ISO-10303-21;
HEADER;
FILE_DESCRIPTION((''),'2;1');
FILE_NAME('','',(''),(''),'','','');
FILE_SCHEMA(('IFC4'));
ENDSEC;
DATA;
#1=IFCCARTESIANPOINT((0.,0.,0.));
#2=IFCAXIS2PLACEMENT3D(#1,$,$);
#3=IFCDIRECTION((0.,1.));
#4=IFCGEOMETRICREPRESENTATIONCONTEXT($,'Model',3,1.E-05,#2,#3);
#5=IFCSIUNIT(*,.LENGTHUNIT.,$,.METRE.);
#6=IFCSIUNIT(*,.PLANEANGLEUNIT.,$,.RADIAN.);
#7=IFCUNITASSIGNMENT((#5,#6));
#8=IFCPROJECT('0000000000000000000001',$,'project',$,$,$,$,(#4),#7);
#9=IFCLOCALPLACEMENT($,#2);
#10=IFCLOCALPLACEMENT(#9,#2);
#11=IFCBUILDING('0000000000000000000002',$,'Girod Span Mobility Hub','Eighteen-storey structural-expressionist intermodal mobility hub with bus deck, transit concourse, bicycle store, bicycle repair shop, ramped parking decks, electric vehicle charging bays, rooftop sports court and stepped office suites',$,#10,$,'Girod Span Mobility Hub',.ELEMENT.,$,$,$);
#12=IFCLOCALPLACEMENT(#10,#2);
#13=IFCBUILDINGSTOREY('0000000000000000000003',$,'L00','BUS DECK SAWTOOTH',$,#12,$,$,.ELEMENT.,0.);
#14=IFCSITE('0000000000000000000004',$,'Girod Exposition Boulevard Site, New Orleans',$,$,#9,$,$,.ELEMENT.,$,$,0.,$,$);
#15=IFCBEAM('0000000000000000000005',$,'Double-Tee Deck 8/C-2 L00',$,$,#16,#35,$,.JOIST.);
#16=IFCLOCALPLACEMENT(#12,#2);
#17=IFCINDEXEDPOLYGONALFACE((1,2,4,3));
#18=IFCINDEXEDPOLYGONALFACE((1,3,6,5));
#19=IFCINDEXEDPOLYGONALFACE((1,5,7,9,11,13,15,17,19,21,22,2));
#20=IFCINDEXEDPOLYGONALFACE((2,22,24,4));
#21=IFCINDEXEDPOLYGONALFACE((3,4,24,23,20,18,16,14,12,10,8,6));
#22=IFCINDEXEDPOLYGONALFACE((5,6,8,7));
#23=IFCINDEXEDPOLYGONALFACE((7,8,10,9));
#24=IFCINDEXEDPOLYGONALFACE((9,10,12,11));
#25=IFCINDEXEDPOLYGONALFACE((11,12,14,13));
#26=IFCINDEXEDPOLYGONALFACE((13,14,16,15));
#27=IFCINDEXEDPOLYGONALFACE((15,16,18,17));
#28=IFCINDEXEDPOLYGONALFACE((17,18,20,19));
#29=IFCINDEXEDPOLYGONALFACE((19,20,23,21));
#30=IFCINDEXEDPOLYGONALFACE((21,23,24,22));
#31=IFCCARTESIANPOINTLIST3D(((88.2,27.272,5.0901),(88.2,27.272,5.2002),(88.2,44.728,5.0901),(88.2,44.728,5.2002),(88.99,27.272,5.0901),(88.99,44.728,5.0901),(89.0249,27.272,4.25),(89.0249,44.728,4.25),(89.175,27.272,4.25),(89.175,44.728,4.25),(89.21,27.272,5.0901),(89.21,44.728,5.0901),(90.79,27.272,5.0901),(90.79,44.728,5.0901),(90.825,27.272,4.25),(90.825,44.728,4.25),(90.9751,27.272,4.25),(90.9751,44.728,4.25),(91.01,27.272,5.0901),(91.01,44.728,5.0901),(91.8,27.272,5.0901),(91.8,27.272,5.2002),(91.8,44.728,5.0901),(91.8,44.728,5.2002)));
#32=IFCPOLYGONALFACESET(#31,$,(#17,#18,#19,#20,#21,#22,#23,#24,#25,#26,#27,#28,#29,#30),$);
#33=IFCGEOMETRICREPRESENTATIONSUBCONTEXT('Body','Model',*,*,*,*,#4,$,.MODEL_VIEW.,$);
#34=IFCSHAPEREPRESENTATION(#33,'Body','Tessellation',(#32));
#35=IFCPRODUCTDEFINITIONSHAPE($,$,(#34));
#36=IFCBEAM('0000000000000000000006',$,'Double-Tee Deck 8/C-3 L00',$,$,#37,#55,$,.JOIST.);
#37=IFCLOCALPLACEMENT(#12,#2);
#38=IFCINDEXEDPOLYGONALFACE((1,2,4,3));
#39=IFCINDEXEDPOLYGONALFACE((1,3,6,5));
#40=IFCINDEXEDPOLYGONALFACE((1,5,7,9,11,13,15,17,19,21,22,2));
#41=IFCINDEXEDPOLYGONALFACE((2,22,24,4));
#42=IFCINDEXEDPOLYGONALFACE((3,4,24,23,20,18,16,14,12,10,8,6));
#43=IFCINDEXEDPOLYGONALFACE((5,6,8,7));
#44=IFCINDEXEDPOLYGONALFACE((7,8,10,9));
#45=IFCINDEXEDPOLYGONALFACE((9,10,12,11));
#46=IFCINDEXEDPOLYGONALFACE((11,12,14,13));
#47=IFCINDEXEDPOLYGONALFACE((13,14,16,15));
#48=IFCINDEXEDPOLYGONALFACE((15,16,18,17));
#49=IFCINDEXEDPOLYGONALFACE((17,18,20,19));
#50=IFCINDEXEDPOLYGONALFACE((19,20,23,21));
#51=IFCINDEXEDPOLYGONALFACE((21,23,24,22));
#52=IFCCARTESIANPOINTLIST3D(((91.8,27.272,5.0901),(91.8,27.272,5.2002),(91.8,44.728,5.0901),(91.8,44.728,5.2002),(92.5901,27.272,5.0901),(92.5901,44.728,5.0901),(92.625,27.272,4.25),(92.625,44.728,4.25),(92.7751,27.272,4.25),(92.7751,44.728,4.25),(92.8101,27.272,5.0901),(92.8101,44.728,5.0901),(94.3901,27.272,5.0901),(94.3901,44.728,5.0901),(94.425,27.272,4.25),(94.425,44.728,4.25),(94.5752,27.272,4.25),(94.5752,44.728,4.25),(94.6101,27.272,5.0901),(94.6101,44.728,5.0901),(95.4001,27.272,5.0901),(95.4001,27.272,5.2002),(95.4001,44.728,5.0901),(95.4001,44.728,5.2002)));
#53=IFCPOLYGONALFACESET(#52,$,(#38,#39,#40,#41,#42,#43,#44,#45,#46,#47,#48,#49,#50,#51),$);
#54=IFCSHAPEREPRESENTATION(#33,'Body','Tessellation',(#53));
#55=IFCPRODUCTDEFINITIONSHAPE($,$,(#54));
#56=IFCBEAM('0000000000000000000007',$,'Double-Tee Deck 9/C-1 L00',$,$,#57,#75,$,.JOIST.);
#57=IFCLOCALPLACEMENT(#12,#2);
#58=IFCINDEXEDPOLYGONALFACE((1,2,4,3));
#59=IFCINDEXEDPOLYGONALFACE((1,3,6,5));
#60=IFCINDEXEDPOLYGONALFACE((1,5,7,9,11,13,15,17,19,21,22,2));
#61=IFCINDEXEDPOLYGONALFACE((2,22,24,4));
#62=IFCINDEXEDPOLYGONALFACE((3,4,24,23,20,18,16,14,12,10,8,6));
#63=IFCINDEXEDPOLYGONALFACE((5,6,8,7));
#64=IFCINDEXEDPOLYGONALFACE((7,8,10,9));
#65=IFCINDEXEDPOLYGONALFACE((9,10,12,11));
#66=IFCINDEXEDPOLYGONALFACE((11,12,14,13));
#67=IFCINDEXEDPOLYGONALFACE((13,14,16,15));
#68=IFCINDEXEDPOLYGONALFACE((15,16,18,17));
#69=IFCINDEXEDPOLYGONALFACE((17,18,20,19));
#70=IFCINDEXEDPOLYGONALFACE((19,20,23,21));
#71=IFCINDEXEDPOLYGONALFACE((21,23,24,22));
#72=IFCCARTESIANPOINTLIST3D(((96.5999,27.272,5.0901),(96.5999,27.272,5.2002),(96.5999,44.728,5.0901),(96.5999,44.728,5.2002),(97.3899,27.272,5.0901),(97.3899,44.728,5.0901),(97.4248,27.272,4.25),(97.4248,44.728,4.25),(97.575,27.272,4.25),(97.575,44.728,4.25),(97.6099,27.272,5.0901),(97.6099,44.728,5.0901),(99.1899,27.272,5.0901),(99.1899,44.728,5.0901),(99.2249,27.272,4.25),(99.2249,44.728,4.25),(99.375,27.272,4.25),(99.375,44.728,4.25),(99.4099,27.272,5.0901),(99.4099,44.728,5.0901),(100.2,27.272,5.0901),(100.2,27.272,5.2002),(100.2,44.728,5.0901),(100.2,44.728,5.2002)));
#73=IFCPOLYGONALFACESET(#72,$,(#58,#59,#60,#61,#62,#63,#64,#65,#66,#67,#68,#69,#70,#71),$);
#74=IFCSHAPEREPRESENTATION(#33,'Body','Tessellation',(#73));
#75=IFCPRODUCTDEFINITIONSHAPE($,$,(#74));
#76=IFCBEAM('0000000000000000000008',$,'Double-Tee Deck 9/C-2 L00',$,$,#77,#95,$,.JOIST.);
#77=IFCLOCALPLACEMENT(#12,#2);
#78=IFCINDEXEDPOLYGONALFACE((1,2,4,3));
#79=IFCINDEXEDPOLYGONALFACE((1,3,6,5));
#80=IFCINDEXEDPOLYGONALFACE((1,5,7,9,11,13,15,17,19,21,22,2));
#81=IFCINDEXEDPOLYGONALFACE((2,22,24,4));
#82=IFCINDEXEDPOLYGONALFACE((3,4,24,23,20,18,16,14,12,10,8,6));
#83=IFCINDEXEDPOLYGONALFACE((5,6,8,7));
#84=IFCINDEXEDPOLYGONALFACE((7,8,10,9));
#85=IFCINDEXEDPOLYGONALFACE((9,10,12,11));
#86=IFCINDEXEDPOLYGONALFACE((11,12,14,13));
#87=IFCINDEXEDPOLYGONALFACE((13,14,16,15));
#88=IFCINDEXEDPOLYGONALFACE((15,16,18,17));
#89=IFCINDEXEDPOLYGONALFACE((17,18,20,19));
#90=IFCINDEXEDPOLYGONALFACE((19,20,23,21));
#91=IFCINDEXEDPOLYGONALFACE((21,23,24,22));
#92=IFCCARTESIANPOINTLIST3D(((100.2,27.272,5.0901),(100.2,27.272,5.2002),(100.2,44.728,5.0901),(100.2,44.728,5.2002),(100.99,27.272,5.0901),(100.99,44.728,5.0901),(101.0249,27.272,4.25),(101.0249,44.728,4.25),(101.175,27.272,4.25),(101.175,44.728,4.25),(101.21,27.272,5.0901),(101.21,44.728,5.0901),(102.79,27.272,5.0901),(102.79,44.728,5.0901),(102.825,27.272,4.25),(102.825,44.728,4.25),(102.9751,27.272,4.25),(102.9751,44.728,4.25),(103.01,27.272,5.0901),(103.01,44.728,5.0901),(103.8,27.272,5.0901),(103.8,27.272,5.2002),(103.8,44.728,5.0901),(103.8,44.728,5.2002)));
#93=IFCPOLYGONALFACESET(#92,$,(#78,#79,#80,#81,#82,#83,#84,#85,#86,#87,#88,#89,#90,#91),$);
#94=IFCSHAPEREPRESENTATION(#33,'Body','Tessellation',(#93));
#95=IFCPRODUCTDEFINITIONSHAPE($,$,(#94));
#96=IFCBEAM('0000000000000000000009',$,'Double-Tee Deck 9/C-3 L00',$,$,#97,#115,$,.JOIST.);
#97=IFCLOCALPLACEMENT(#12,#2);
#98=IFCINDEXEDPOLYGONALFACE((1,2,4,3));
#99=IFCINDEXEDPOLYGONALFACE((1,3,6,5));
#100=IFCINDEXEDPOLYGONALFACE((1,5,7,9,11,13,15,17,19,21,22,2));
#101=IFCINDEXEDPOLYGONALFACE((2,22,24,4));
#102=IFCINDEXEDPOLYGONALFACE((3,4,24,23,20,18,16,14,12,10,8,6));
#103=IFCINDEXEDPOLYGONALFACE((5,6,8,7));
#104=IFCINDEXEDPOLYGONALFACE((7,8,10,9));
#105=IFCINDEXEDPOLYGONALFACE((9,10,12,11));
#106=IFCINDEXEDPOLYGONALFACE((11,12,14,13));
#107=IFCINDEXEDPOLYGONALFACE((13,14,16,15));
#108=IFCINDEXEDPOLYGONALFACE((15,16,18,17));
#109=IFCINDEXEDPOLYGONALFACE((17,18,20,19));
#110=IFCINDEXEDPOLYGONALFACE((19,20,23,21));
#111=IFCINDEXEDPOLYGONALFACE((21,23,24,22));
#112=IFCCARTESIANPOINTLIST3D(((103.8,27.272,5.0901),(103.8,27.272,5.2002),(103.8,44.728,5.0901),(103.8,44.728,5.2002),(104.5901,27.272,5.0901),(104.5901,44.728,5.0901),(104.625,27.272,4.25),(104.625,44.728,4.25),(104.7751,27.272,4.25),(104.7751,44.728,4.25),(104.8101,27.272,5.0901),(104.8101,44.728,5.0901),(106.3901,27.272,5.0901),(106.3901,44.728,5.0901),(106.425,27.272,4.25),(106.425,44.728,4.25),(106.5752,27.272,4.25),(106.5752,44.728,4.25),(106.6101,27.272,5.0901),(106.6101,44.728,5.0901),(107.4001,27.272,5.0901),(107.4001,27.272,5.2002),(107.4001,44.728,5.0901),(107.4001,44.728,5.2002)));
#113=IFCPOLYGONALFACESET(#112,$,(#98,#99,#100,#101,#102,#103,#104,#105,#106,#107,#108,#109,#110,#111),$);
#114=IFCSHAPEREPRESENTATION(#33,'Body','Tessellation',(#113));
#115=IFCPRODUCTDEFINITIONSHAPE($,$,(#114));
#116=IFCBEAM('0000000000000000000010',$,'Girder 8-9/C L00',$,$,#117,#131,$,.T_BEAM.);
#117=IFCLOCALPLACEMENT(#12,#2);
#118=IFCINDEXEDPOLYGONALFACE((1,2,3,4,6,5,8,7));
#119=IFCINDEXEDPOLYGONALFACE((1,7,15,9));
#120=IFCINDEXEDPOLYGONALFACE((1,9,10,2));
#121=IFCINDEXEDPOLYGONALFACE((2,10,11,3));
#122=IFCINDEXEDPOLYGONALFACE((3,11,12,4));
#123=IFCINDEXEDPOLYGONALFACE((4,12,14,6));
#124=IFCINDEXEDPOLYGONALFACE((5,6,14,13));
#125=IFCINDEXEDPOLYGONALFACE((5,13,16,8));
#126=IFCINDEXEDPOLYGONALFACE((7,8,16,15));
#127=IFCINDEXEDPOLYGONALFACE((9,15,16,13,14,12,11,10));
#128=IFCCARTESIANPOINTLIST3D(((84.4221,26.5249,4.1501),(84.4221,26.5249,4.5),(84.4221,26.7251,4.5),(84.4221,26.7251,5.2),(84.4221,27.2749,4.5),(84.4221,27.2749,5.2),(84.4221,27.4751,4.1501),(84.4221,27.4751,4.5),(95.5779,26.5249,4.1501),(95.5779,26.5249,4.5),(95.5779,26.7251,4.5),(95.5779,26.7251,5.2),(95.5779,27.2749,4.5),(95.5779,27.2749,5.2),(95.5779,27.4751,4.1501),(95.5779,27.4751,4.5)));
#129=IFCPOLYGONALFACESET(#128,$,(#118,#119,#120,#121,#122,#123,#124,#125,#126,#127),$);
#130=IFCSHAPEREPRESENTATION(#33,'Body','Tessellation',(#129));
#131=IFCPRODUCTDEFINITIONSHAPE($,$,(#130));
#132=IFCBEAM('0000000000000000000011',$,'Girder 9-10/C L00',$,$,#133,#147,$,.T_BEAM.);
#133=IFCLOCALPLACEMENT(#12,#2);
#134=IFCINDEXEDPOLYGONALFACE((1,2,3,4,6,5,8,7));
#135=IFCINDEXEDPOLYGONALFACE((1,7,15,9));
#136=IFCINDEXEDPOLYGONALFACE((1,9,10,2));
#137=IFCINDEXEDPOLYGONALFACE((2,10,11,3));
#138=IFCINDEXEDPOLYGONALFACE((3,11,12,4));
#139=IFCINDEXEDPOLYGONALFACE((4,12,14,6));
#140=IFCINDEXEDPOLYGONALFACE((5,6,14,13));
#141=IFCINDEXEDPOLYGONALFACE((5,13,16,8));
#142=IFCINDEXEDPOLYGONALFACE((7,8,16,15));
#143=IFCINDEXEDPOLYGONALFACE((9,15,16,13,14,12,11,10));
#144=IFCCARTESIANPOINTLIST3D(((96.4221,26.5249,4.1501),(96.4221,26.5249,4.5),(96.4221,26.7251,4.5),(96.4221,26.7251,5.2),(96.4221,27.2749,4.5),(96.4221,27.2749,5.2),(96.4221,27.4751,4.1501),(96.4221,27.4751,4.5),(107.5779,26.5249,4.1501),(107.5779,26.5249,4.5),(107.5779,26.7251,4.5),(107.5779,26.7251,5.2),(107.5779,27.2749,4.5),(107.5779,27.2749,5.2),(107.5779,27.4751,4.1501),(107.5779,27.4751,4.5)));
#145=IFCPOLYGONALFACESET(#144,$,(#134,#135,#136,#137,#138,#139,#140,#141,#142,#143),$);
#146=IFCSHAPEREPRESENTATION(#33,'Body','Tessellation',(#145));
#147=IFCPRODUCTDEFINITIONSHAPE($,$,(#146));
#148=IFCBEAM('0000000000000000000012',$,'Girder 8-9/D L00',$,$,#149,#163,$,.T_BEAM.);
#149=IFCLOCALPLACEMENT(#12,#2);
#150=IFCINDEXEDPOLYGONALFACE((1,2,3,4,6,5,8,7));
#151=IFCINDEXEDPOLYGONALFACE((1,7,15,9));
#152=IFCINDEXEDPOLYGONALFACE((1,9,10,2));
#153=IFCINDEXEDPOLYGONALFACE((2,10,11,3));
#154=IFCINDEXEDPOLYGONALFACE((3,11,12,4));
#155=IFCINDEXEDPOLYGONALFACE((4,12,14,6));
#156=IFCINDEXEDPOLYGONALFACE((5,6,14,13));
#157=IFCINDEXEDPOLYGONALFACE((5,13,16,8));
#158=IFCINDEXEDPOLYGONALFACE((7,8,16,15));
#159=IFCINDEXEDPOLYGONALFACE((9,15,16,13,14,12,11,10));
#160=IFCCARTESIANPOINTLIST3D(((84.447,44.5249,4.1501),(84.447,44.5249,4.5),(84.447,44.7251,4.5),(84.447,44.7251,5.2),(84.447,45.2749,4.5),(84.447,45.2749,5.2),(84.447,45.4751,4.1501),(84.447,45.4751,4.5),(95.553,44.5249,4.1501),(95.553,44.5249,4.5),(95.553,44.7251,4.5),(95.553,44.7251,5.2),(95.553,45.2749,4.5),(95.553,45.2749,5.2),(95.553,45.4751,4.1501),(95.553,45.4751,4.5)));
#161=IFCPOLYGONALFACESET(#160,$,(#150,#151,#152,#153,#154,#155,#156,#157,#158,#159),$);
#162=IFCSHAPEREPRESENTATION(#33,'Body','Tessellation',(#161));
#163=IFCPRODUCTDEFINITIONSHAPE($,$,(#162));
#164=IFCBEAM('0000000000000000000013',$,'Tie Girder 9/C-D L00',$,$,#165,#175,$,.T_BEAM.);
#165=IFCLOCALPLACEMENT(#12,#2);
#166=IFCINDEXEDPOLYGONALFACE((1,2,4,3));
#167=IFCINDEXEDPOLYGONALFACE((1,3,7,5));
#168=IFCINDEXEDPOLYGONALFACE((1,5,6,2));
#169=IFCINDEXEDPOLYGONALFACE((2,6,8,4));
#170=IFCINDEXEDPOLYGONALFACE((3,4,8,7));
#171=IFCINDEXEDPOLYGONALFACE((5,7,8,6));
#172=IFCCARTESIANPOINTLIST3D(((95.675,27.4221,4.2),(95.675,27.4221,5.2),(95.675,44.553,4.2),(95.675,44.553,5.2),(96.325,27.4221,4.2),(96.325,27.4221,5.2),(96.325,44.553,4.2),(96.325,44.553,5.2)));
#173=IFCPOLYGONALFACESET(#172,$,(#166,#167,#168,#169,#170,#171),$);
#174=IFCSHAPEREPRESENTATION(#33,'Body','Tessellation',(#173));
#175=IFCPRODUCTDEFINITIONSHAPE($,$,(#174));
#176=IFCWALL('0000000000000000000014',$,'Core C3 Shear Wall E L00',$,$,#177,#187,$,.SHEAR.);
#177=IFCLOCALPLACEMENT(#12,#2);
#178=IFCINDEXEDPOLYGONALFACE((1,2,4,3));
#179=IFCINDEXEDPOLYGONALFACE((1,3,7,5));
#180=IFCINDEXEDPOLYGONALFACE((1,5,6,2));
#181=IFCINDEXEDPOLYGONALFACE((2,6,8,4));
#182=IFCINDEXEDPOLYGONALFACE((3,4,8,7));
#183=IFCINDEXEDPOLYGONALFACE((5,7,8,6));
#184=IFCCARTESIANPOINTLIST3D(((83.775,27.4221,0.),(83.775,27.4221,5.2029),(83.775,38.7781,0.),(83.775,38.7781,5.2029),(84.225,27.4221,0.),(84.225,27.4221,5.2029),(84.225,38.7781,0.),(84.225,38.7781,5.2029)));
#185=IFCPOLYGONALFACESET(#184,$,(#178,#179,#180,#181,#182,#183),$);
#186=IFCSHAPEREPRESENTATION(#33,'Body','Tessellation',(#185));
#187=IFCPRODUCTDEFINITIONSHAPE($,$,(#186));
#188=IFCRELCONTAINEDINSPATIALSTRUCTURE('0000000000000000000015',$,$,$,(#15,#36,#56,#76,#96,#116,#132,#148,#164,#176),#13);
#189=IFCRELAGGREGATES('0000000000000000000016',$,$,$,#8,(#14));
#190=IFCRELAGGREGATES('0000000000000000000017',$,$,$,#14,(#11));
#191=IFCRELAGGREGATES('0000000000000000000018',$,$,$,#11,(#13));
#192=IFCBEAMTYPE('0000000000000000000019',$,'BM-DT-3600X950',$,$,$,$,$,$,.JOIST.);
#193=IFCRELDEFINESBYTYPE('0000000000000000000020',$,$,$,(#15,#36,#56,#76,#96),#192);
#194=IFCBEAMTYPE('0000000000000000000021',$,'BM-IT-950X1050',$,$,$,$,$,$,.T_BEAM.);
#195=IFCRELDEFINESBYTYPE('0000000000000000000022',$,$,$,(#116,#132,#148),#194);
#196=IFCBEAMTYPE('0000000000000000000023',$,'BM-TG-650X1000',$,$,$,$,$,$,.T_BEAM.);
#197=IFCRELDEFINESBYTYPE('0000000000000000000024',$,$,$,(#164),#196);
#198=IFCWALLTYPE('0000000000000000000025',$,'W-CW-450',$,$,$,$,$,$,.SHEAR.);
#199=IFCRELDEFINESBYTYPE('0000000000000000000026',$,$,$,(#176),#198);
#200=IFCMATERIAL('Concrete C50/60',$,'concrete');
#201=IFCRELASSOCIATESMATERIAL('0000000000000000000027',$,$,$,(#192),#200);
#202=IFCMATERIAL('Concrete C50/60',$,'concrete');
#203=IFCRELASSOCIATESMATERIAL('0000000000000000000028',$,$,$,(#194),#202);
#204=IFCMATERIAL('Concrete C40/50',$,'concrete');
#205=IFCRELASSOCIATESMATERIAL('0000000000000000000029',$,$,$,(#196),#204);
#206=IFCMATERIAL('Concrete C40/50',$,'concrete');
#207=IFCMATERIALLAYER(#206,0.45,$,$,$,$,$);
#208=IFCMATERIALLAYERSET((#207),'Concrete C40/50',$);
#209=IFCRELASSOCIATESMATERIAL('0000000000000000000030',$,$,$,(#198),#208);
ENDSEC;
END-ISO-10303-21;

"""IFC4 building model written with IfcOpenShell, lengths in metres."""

from ifc_helpers import new_model, si_unit, direction, frame, frame_2d, origin, origin_2d, place, context, subcontext, project, spatial, polyline, rectangle, outline, extrude, material, layer, layer_set, material_profile, profile_set, type_object, element, save


model = new_model("IFC4")

# Units and contexts
model_context = context("Model", 3, precision=1e-05, world=origin(), true_north=direction((0.0, 1.0)))
body_context = subcontext(model_context, "Body", "Model", "MODEL_VIEW")
ifc_project = project(units=[si_unit("LENGTHUNIT", "METRE"), si_unit("PLANEANGLEUNIT", "RADIAN")], contexts=[model_context])

# Site, building, storey
site_placement = place(None, origin())
site = spatial("IfcSite", under=ifc_project, at=site_placement, Name="Girod Exposition Boulevard Site, New Orleans", CompositionType="ELEMENT", RefElevation=0.0)
building_placement = place(site_placement, origin())
building = spatial("IfcBuilding", under=site, at=building_placement, Name="Girod Span Mobility Hub", Description="Eighteen-storey structural-expressionist intermodal mobility hub with bus deck, transit concourse, bicycle store, bicycle repair shop, ramped parking decks, electric vehicle charging bays, rooftop sports court and stepped office suites", LongName="Girod Span Mobility Hub", CompositionType="ELEMENT")
storey_placement = place(building_placement, origin())
storey = spatial("IfcBuildingStorey", under=building, at=storey_placement, Name="L00", Description="BUS DECK SAWTOOTH", CompositionType="ELEMENT", Elevation=0.0)

# Beams
ifc_material_1 = material(Name="Concrete C50/60", Category="concrete")
ifc_material_profile_1 = material_profile(ifc_material_1, outline(polyline([(-1.8, 0.4751), (-1.8, 0.365), (-1.01, 0.365), (-0.9751, -0.4751), (-0.825, -0.4751), (-0.79, 0.365), (0.79, 0.365), (0.825, -0.4751), (0.9751, -0.4751), (1.01, 0.365), (1.8, 0.365), (1.8, 0.4751), (-1.8, 0.4751)])), Name="DT-3600X950")
ifc_profile_set_1 = profile_set([ifc_material_profile_1], Name="Concrete C50/60")
beam_type_1 = type_object("IfcBeamType", Name="BM-DT-3600X950", PredefinedType="JOIST", material=ifc_profile_set_1)
for number, where, z_axis, x_axis, name in (
    (1, (90.0, 27.272, 4.7251), (0.0, 1.0, 0.0), (-1.0, 0.0, 0.0), "Double-Tee Deck 8/C-2 L00"),
    (2, (93.6001, 27.272, 4.7251), (0.0, 1.0, 0.0), (-1.0, 0.0, 0.0), "Double-Tee Deck 8/C-3 L00"),
    (3, (98.3999, 27.272, 4.7251), (0.0, 1.0, 0.0), (-1.0, 0.0, 0.0), "Double-Tee Deck 9/C-1 L00"),
    (4, (102.0, 27.272, 4.7251), (0.0, 1.0, 0.0), (-1.0, 0.0, 0.0), "Double-Tee Deck 9/C-2 L00"),
    (5, (105.6001, 27.272, 4.7251), (0.0, 1.0, 0.0), (-1.0, 0.0, 0.0), "Double-Tee Deck 9/C-3 L00"),
):
    element("IfcBeam", number, at=place(storey_placement, frame(where, z_axis=z_axis, x_axis=x_axis)), inside=storey, type_object=beam_type_1, Name=name, PredefinedType="JOIST", context=body_context, shape_type="SweptSolid", body=[
        extrude(outline(polyline([(-1.8, 0.4751), (-1.8, 0.365), (-1.01, 0.365), (-0.9751, -0.4751), (-0.825, -0.4751), (-0.79, 0.365), (0.79, 0.365), (0.825, -0.4751), (0.9751, -0.4751), (1.01, 0.365), (1.8, 0.365), (1.8, 0.4751), (-1.8, 0.4751)])), origin(), (0.0, 0.0, 1.0), 17.4561),
    ])
ifc_material_2 = material(Name="Concrete C50/60", Category="concrete")
ifc_material_profile_2 = material_profile(ifc_material_2, outline(polyline([(-0.4751, -0.5249), (0.4751, -0.5249), (0.4751, -0.175), (0.2749, -0.175), (0.2749, 0.5249), (-0.2749, 0.5249), (-0.2749, -0.175), (-0.4751, -0.175), (-0.4751, -0.5249)])), Name="IT-950X1050")
ifc_profile_set_2 = profile_set([ifc_material_profile_2], Name="Concrete C50/60")
beam_type_2 = type_object("IfcBeamType", Name="BM-IT-950X1050", PredefinedType="T_BEAM", material=ifc_profile_set_2)
for number, where, z_axis, x_axis, name in (
    (6, (84.4221, 27.0, 4.675), (1.0, 0.0, 0.0), (0.0, 1.0, 0.0), "Girder 8-9/C L00"),
    (7, (96.4221, 27.0, 4.675), (1.0, 0.0, 0.0), (0.0, 1.0, 0.0), "Girder 9-10/C L00"),
):
    element("IfcBeam", number, at=place(storey_placement, frame(where, z_axis=z_axis, x_axis=x_axis)), inside=storey, type_object=beam_type_2, Name=name, PredefinedType="T_BEAM", context=body_context, shape_type="SweptSolid", body=[
        extrude(outline(polyline([(-0.4751, -0.5249), (0.4751, -0.5249), (0.4751, -0.175), (0.2749, -0.175), (0.2749, 0.5249), (-0.2749, 0.5249), (-0.2749, -0.175), (-0.4751, -0.175), (-0.4751, -0.5249)])), origin(), (0.0, 0.0, 1.0), 11.1558),
    ])
beam_1_placement = place(storey_placement, frame((84.447, 45.0, 4.675), z_axis=(1.0, 0.0, 0.0), x_axis=(0.0, 1.0, 0.0)))
element("IfcBeam", 8, at=beam_1_placement, inside=storey, type_object=beam_type_2, Name="Girder 8-9/D L00", PredefinedType="T_BEAM", context=body_context, shape_type="SweptSolid", body=[
    extrude(outline(polyline([(-0.4751, -0.5249), (0.4751, -0.5249), (0.4751, -0.175), (0.2749, -0.175), (0.2749, 0.5249), (-0.2749, 0.5249), (-0.2749, -0.175), (-0.4751, -0.175), (-0.4751, -0.5249)])), origin(), (0.0, 0.0, 1.0), 11.106),
])
ifc_material_3 = material(Name="Concrete C40/50", Category="concrete")
ifc_material_profile_3 = material_profile(ifc_material_3, rectangle(XDim=0.6499, YDim=1.0, at=origin_2d()), Name="TG-650X1000")
ifc_profile_set_3 = profile_set([ifc_material_profile_3], Name="Concrete C40/50")
beam_type_3 = type_object("IfcBeamType", Name="BM-TG-650X1000", PredefinedType="T_BEAM", material=ifc_profile_set_3)
beam_2_placement = place(storey_placement, frame((96.0, 27.4221, 4.7), z_axis=(0.0, 1.0, 0.0), x_axis=(-1.0, 0.0, 0.0)))
element("IfcBeam", 9, at=beam_2_placement, inside=storey, type_object=beam_type_3, Name="Tie Girder 9/C-D L00", PredefinedType="T_BEAM", context=body_context, shape_type="SweptSolid", body=[
    extrude(rectangle(XDim=0.6499, YDim=1.0, at=origin_2d()), origin(), (0.0, 0.0, 1.0), 17.1309),
])

# Wall
ifc_material_4 = material(Name="Concrete C40/50", Category="concrete")
ifc_layer = layer(ifc_material_4, 0.45)
ifc_layer_set = layer_set([ifc_layer], Name="Concrete C40/50")
wall_type = type_object("IfcWallType", Name="W-CW-450", PredefinedType="SHEAR", material=ifc_layer_set)
wall_placement = place(storey_placement, frame((84.0, 27.4221, 0.0), z_axis=(0.0, 0.0, 1.0), x_axis=(0.0, 1.0, 0.0)))
element("IfcWall", 10, at=wall_placement, inside=storey, type_object=wall_type, Name="Core C3 Shear Wall E L00", PredefinedType="SHEAR", context=body_context, shape_type="SweptSolid", body=[
    extrude(rectangle(XDim=11.356, YDim=0.45, at=frame_2d((5.678, 0.0))), origin(), (0.0, 0.0, 1.0), 5.2029),
])

save(model, "model.ifc")
